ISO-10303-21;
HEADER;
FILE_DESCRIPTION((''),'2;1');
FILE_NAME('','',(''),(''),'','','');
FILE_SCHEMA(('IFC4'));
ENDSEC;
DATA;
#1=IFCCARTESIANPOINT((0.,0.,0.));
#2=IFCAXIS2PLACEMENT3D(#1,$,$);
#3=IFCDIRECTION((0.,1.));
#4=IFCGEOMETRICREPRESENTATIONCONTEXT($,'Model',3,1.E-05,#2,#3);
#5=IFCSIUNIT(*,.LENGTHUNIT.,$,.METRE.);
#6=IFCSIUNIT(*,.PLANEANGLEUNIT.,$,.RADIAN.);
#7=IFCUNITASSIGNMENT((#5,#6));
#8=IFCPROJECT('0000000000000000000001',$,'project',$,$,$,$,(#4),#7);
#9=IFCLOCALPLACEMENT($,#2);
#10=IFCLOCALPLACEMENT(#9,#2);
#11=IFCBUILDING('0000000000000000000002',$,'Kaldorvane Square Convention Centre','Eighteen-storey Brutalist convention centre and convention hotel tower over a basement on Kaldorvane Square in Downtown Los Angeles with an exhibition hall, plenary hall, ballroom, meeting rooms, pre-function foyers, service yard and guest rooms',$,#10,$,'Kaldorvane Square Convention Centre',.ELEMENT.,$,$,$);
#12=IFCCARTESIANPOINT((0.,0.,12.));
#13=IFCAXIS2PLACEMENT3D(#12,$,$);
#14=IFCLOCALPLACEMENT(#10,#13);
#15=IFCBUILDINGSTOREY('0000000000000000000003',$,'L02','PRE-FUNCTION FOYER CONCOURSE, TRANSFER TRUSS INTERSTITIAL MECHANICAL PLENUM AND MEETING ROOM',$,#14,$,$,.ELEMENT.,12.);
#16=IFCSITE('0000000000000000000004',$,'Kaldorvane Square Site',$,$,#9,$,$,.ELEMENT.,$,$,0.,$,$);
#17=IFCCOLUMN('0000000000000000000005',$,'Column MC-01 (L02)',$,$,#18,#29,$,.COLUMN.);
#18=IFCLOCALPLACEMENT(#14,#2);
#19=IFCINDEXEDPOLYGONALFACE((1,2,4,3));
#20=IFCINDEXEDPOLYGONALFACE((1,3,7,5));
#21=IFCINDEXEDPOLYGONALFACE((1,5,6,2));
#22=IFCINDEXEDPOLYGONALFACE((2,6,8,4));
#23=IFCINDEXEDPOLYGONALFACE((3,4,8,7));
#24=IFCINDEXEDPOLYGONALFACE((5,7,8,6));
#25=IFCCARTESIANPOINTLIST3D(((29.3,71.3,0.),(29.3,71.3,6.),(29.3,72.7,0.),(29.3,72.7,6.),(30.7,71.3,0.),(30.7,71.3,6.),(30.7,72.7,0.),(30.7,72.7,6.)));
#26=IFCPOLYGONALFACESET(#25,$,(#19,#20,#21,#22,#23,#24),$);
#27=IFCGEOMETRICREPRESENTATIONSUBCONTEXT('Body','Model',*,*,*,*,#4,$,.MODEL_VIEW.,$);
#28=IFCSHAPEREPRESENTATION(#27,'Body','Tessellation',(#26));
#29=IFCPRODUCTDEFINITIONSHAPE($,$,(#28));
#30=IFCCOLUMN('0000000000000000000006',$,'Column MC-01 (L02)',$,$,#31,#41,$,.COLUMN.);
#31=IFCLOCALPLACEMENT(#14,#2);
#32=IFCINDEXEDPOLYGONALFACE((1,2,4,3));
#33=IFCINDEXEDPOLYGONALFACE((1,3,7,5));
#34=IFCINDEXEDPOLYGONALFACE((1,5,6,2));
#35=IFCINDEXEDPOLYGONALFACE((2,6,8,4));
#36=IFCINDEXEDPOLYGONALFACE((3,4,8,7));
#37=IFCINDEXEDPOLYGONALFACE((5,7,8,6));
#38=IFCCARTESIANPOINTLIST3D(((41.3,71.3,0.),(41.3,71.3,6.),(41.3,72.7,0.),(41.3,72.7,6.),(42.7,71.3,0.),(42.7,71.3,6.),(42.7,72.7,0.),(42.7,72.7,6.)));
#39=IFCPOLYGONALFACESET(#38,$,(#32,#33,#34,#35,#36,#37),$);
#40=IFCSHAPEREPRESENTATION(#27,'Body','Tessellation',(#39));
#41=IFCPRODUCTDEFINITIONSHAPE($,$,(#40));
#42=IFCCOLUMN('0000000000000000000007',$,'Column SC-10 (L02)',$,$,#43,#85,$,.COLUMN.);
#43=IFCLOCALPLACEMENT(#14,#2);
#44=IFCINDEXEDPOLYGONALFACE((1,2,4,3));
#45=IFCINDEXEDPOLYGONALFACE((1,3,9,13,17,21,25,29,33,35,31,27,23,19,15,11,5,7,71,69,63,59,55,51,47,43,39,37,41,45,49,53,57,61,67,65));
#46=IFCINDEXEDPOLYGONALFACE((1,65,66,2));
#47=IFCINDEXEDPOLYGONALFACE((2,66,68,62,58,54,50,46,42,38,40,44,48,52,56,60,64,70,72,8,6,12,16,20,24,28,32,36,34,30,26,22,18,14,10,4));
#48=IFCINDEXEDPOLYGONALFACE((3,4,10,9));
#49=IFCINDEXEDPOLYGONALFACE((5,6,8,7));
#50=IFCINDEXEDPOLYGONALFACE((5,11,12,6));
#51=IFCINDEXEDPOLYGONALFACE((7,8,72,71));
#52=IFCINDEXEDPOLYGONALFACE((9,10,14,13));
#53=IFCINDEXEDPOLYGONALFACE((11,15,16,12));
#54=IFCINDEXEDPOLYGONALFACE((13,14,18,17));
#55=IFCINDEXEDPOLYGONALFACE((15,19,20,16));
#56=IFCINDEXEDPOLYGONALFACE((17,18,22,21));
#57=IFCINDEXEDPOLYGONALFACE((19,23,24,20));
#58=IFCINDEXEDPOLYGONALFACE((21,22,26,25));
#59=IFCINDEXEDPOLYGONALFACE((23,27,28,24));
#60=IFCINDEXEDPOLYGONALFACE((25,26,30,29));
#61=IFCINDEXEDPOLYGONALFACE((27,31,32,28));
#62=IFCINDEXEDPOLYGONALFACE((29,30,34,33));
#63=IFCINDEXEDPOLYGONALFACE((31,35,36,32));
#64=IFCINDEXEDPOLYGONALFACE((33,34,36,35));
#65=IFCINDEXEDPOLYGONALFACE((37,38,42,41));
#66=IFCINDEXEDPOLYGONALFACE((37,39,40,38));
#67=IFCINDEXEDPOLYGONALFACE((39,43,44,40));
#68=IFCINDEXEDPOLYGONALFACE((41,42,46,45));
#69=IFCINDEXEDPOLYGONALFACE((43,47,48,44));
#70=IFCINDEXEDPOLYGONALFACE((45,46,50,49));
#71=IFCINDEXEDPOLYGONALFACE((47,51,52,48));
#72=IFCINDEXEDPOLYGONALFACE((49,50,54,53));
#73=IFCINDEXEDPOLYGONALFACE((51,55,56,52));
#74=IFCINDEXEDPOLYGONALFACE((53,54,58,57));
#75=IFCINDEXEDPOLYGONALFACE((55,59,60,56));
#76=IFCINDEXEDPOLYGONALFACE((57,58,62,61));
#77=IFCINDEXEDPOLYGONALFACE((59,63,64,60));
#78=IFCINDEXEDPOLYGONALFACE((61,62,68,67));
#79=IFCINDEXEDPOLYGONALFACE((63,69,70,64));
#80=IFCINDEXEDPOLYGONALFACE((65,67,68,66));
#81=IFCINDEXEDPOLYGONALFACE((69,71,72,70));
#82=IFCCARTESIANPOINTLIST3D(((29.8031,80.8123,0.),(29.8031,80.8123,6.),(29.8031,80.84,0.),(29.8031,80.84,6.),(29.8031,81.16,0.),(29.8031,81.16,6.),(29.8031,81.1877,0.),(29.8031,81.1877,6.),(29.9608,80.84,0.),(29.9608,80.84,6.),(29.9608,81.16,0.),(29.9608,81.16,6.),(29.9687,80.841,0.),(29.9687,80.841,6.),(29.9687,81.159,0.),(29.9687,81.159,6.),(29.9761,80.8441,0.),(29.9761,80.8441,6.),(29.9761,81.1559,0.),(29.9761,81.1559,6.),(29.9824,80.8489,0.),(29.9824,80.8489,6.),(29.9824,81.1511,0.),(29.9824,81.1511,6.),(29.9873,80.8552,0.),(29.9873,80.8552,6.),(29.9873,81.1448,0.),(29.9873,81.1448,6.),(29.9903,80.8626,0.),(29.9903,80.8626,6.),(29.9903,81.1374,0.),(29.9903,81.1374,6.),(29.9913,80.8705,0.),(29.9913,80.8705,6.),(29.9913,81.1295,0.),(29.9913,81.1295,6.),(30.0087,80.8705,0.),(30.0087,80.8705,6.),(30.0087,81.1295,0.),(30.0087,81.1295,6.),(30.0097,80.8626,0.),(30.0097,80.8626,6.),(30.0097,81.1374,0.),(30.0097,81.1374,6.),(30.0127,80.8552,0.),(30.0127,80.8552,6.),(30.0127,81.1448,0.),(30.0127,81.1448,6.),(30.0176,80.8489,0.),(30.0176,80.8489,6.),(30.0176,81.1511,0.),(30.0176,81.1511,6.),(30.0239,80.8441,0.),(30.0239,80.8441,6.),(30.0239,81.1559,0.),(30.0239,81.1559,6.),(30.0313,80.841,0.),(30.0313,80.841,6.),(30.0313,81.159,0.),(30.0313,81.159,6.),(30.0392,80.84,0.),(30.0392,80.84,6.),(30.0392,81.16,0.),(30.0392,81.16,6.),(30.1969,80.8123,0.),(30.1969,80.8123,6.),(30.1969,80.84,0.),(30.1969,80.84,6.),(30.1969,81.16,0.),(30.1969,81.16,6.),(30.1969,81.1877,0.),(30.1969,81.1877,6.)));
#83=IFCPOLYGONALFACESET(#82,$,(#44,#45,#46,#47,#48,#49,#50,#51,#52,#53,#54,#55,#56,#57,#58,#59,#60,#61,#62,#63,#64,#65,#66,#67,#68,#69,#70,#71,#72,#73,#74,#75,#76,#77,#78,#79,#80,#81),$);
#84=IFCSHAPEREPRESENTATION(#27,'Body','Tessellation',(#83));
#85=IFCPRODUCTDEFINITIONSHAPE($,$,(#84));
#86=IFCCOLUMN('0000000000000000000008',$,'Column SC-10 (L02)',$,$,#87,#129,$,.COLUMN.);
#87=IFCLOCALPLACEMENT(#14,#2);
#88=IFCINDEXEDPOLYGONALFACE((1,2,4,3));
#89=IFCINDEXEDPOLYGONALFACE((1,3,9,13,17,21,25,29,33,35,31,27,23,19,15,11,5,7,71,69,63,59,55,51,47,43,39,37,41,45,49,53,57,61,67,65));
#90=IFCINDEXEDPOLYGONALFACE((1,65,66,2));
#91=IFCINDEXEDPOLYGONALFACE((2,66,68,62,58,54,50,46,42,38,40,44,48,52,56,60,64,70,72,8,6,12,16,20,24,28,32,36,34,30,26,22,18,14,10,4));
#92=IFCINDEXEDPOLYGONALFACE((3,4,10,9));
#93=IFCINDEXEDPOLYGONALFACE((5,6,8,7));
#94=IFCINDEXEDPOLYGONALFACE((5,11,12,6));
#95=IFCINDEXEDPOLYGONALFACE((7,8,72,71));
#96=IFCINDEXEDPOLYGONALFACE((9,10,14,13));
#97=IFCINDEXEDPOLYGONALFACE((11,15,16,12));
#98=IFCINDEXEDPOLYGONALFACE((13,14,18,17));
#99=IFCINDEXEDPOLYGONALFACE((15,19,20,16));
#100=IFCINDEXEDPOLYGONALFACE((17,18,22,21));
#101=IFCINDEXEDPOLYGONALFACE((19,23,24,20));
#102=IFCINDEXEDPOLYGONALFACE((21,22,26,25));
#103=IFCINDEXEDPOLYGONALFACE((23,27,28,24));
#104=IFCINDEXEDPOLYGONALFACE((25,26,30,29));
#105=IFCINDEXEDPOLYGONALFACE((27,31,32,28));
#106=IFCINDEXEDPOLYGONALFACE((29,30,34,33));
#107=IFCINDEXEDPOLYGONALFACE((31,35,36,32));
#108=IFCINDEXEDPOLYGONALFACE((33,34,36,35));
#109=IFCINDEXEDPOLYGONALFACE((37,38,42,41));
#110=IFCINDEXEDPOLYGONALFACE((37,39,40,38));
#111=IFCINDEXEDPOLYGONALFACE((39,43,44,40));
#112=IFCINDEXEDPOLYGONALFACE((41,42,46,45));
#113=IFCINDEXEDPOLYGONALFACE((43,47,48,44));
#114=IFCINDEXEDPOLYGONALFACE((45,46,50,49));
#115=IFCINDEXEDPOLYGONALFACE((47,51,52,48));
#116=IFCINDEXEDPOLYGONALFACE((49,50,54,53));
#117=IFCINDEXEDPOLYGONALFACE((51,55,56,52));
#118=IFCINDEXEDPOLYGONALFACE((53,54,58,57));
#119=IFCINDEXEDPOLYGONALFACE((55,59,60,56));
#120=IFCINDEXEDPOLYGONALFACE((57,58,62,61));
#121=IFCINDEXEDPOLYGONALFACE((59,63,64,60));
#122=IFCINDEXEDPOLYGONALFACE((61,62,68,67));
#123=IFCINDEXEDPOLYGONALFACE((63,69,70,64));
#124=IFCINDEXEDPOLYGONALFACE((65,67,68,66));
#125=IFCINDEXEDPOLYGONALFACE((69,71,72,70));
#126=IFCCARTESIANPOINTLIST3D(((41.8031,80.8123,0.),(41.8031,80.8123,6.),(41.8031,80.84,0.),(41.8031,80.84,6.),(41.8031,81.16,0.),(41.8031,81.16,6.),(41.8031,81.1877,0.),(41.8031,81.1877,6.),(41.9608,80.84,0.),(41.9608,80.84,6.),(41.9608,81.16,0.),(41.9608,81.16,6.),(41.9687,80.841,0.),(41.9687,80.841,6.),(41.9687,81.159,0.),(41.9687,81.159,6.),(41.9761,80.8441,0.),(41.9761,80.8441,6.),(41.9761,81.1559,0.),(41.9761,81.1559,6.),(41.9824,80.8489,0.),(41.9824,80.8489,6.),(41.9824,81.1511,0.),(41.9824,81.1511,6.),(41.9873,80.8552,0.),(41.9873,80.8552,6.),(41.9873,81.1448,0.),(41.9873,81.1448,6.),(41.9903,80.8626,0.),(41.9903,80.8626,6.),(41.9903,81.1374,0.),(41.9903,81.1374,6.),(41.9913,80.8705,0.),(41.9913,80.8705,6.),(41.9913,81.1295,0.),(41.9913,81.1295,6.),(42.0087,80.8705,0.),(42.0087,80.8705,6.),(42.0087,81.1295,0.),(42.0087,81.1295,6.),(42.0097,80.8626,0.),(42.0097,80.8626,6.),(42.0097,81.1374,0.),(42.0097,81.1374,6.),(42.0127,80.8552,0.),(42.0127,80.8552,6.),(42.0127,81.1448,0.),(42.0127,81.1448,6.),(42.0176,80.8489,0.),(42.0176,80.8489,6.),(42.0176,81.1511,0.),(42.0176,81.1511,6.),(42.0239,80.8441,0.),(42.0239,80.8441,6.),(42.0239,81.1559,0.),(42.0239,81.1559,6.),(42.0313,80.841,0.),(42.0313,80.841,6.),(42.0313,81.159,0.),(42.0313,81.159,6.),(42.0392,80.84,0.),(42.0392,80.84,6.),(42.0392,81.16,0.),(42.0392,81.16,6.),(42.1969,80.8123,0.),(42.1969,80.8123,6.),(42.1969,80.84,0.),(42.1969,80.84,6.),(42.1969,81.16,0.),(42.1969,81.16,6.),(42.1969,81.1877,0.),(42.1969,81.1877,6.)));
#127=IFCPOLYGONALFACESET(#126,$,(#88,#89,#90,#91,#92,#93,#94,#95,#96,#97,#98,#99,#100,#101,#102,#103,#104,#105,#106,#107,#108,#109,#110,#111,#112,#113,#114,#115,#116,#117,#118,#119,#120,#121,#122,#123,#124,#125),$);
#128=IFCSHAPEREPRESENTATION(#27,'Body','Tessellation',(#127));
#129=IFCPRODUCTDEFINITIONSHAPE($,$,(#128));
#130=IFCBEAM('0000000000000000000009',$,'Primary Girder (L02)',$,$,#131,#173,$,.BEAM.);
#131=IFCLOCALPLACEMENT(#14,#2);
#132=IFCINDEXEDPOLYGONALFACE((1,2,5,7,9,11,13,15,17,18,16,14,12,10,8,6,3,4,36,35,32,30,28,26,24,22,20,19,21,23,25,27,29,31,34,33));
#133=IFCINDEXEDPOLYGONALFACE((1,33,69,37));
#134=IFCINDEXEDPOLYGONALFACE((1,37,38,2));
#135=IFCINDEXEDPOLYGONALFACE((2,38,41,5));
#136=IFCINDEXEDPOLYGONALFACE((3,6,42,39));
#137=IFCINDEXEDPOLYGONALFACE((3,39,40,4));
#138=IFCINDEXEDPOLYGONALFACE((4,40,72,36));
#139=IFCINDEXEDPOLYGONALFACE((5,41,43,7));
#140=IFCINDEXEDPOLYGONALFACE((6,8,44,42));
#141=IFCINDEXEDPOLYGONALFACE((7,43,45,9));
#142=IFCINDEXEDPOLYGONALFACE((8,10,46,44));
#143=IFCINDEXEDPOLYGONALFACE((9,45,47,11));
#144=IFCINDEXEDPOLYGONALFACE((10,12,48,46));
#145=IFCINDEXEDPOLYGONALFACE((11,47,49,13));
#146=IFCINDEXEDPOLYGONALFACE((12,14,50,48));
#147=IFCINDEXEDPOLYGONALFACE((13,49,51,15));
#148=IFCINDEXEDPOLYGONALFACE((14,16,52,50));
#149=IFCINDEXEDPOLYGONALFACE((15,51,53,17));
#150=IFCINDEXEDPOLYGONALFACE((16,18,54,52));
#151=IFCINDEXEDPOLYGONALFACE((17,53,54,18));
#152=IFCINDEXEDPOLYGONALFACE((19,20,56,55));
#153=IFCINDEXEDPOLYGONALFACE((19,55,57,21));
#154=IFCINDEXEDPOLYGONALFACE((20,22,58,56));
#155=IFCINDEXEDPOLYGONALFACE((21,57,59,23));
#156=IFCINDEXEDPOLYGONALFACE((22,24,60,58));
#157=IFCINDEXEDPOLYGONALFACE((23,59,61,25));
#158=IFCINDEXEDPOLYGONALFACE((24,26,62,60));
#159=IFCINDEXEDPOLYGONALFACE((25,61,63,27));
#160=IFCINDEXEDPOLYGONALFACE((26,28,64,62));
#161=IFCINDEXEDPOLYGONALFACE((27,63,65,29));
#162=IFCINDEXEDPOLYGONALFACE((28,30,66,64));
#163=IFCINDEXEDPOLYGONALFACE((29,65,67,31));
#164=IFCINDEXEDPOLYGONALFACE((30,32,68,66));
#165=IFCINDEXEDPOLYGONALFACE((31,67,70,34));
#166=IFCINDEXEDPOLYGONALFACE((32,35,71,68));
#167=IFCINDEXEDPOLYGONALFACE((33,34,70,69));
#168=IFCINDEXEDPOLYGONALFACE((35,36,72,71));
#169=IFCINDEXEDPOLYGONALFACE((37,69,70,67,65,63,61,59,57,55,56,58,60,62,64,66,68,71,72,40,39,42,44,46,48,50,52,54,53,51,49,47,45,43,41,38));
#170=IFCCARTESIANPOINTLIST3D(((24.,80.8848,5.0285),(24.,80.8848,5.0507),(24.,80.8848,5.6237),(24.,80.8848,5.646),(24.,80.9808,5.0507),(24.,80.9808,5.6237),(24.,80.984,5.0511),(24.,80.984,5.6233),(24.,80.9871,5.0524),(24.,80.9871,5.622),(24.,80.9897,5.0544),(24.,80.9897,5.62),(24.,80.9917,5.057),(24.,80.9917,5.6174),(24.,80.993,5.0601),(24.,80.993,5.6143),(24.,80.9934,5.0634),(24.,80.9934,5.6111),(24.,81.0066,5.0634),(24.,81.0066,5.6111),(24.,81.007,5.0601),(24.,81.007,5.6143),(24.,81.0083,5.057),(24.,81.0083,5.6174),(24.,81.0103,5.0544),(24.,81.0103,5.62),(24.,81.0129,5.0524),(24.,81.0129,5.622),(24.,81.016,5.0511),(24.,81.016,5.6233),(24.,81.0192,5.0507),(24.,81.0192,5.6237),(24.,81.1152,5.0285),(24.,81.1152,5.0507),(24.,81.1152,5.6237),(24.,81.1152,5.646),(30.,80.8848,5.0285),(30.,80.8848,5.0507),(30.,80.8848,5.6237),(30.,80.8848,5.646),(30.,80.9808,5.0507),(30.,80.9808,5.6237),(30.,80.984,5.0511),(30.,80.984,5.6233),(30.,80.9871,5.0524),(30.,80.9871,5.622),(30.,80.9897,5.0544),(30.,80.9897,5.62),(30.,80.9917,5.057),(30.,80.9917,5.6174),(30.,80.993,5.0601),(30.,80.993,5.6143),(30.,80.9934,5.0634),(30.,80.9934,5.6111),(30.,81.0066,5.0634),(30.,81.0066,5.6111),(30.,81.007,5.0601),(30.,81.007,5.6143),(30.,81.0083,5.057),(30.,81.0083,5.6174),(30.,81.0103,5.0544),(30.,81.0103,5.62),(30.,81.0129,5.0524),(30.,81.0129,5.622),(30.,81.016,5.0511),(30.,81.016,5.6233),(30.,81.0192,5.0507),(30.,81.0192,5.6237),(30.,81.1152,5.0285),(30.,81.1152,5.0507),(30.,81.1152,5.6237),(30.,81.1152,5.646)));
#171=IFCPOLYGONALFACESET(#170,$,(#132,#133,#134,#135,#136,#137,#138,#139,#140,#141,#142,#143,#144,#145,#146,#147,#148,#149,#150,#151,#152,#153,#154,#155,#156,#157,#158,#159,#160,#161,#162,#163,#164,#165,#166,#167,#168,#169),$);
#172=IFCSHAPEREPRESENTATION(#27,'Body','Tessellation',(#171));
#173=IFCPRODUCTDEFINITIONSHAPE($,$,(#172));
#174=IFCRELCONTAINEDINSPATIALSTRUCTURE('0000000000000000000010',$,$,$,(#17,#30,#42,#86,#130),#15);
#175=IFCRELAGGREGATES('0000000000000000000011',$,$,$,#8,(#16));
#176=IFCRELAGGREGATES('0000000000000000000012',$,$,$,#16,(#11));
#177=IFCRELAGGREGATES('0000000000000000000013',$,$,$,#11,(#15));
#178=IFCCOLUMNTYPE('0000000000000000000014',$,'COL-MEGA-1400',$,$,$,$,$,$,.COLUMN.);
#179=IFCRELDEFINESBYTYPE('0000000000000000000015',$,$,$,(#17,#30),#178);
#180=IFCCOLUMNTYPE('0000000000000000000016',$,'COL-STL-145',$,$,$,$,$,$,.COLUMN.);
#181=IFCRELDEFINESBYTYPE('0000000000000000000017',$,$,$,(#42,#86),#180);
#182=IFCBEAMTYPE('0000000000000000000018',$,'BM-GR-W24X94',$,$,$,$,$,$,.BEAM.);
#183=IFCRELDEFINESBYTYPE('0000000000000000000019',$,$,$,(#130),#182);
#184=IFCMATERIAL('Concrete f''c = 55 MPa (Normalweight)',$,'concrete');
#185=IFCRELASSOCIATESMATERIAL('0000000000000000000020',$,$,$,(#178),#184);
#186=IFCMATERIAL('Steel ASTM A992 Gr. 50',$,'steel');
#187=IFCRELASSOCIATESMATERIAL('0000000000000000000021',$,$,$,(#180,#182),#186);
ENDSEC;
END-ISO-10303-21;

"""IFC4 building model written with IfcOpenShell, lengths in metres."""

from ifc_helpers import new_model, si_unit, direction, frame, origin, origin_2d, place, context, subcontext, project, spatial, rectangle, i_section, extrude, material, material_profile, profile_set, type_object, element, save


model = new_model("IFC4")

# Units and contexts
model_context = context("Model", 3, precision=1e-05, world=origin(), true_north=direction((0.0, 1.0)))
body_context = subcontext(model_context, "Body", "Model", "MODEL_VIEW")
ifc_project = project(units=[si_unit("LENGTHUNIT", "METRE"), si_unit("PLANEANGLEUNIT", "RADIAN")], contexts=[model_context])

# Site, building, storey
site_placement = place(None, origin())
site = spatial("IfcSite", under=ifc_project, at=site_placement, Name="Kaldorvane Square Site", CompositionType="ELEMENT", RefElevation=0.0)
building_placement = place(site_placement, origin())
building = spatial("IfcBuilding", under=site, at=building_placement, Name="Kaldorvane Square Convention Centre", Description="Eighteen-storey Brutalist convention centre and convention hotel tower over a basement on Kaldorvane Square in Downtown Los Angeles with an exhibition hall, plenary hall, ballroom, meeting rooms, pre-function foyers, service yard and guest rooms", LongName="Kaldorvane Square Convention Centre", CompositionType="ELEMENT")
storey_placement = place(building_placement, frame((0.0, 0.0, 12.0)))
storey = spatial("IfcBuildingStorey", under=building, at=storey_placement, Name="L02", Description="PRE-FUNCTION FOYER CONCOURSE, TRANSFER TRUSS INTERSTITIAL MECHANICAL PLENUM AND MEETING ROOM", CompositionType="ELEMENT", Elevation=12.0)

# Columns
ifc_material_1 = material(Name="Concrete f'c = 55 MPa (Normalweight)", Category="concrete")
ifc_material_profile_1 = material_profile(ifc_material_1, rectangle(XDim=1.4, YDim=1.4, at=origin_2d()), Name="RC1400X1400")
ifc_profile_set_1 = profile_set([ifc_material_profile_1], Name="Concrete f'c = 55 MPa (Normalweight)")
column_type_1 = type_object("IfcColumnType", Name="COL-MEGA-1400", PredefinedType="COLUMN", material=ifc_profile_set_1)
for number, where, z_axis, x_axis, name in (
    (1, (30.0, 72.0, 0.0), (0.0, 0.0, 1.0), (1.0, 0.0, 0.0), "Column MC-01 (L02)"),
    (2, (42.0, 72.0, 0.0), (0.0, 0.0, 1.0), (1.0, 0.0, 0.0), "Column MC-01 (L02)"),
):
    element("IfcColumn", number, at=place(storey_placement, frame(where, z_axis=z_axis, x_axis=x_axis)), inside=storey, type_object=column_type_1, Name=name, PredefinedType="COLUMN", context=body_context, shape_type="SweptSolid", body=[
        extrude(rectangle(XDim=1.4, YDim=1.4, at=origin_2d()), origin(), (0.0, 0.0, 1.0), 6.0),
    ])
ifc_material_2 = material(Name="Steel ASTM A992 Gr. 50", Category="steel")
ifc_material_profile_2 = material_profile(ifc_material_2, i_section(OverallWidth=0.3937, OverallDepth=0.3754, WebThickness=0.0173, FlangeThickness=0.0277, FilletRadius=0.0305, at=origin_2d()), Name="W14X145")
ifc_profile_set_2 = profile_set([ifc_material_profile_2], Name="Steel ASTM A992 Gr. 50")
column_type_2 = type_object("IfcColumnType", Name="COL-STL-145", PredefinedType="COLUMN", material=ifc_profile_set_2)
for number, where, z_axis, x_axis, name in (
    (3, (30.0, 81.0, 0.0), (0.0, 0.0, 1.0), (1.0, 0.0, 0.0), "Column SC-10 (L02)"),
    (4, (42.0, 81.0, 0.0), (0.0, 0.0, 1.0), (1.0, 0.0, 0.0), "Column SC-10 (L02)"),
):
    element("IfcColumn", number, at=place(storey_placement, frame(where, z_axis=z_axis, x_axis=x_axis)), inside=storey, type_object=column_type_2, Name=name, PredefinedType="COLUMN", context=body_context, shape_type="SweptSolid", body=[
        extrude(i_section(OverallWidth=0.3937, OverallDepth=0.3754, WebThickness=0.0173, FlangeThickness=0.0277, FilletRadius=0.0305, at=origin_2d()), origin(), (0.0, 0.0, 1.0), 6.0),
    ])

# Beam
ifc_material_profile_3 = material_profile(ifc_material_2, i_section(OverallWidth=0.2303, OverallDepth=0.6175, WebThickness=0.0131, FlangeThickness=0.0222, FilletRadius=0.0127, at=origin_2d()), Name="W24X94")
ifc_profile_set_3 = profile_set([ifc_material_profile_3], Name="Steel ASTM A992 Gr. 50")
beam_type_1 = type_object("IfcBeamType", Name="BM-GR-W24X94", PredefinedType="BEAM", material=ifc_profile_set_3)
beam_1_placement = place(storey_placement, frame((24.0, 81.0, 5.3372), z_axis=(1.0, 0.0, 0.0), x_axis=(0.0, 1.0, 0.0)))
element("IfcBeam", 5, at=beam_1_placement, inside=storey, type_object=beam_type_1, Name="Primary Girder (L02)", PredefinedType="BEAM", context=body_context, shape_type="SweptSolid", body=[
    extrude(i_section(OverallWidth=0.2303, OverallDepth=0.6175, WebThickness=0.0131, FlangeThickness=0.0222, FilletRadius=0.0127, at=origin_2d()), origin(), (0.0, 0.0, 1.0), 6.0),
])

save(model, "model.ifc")
